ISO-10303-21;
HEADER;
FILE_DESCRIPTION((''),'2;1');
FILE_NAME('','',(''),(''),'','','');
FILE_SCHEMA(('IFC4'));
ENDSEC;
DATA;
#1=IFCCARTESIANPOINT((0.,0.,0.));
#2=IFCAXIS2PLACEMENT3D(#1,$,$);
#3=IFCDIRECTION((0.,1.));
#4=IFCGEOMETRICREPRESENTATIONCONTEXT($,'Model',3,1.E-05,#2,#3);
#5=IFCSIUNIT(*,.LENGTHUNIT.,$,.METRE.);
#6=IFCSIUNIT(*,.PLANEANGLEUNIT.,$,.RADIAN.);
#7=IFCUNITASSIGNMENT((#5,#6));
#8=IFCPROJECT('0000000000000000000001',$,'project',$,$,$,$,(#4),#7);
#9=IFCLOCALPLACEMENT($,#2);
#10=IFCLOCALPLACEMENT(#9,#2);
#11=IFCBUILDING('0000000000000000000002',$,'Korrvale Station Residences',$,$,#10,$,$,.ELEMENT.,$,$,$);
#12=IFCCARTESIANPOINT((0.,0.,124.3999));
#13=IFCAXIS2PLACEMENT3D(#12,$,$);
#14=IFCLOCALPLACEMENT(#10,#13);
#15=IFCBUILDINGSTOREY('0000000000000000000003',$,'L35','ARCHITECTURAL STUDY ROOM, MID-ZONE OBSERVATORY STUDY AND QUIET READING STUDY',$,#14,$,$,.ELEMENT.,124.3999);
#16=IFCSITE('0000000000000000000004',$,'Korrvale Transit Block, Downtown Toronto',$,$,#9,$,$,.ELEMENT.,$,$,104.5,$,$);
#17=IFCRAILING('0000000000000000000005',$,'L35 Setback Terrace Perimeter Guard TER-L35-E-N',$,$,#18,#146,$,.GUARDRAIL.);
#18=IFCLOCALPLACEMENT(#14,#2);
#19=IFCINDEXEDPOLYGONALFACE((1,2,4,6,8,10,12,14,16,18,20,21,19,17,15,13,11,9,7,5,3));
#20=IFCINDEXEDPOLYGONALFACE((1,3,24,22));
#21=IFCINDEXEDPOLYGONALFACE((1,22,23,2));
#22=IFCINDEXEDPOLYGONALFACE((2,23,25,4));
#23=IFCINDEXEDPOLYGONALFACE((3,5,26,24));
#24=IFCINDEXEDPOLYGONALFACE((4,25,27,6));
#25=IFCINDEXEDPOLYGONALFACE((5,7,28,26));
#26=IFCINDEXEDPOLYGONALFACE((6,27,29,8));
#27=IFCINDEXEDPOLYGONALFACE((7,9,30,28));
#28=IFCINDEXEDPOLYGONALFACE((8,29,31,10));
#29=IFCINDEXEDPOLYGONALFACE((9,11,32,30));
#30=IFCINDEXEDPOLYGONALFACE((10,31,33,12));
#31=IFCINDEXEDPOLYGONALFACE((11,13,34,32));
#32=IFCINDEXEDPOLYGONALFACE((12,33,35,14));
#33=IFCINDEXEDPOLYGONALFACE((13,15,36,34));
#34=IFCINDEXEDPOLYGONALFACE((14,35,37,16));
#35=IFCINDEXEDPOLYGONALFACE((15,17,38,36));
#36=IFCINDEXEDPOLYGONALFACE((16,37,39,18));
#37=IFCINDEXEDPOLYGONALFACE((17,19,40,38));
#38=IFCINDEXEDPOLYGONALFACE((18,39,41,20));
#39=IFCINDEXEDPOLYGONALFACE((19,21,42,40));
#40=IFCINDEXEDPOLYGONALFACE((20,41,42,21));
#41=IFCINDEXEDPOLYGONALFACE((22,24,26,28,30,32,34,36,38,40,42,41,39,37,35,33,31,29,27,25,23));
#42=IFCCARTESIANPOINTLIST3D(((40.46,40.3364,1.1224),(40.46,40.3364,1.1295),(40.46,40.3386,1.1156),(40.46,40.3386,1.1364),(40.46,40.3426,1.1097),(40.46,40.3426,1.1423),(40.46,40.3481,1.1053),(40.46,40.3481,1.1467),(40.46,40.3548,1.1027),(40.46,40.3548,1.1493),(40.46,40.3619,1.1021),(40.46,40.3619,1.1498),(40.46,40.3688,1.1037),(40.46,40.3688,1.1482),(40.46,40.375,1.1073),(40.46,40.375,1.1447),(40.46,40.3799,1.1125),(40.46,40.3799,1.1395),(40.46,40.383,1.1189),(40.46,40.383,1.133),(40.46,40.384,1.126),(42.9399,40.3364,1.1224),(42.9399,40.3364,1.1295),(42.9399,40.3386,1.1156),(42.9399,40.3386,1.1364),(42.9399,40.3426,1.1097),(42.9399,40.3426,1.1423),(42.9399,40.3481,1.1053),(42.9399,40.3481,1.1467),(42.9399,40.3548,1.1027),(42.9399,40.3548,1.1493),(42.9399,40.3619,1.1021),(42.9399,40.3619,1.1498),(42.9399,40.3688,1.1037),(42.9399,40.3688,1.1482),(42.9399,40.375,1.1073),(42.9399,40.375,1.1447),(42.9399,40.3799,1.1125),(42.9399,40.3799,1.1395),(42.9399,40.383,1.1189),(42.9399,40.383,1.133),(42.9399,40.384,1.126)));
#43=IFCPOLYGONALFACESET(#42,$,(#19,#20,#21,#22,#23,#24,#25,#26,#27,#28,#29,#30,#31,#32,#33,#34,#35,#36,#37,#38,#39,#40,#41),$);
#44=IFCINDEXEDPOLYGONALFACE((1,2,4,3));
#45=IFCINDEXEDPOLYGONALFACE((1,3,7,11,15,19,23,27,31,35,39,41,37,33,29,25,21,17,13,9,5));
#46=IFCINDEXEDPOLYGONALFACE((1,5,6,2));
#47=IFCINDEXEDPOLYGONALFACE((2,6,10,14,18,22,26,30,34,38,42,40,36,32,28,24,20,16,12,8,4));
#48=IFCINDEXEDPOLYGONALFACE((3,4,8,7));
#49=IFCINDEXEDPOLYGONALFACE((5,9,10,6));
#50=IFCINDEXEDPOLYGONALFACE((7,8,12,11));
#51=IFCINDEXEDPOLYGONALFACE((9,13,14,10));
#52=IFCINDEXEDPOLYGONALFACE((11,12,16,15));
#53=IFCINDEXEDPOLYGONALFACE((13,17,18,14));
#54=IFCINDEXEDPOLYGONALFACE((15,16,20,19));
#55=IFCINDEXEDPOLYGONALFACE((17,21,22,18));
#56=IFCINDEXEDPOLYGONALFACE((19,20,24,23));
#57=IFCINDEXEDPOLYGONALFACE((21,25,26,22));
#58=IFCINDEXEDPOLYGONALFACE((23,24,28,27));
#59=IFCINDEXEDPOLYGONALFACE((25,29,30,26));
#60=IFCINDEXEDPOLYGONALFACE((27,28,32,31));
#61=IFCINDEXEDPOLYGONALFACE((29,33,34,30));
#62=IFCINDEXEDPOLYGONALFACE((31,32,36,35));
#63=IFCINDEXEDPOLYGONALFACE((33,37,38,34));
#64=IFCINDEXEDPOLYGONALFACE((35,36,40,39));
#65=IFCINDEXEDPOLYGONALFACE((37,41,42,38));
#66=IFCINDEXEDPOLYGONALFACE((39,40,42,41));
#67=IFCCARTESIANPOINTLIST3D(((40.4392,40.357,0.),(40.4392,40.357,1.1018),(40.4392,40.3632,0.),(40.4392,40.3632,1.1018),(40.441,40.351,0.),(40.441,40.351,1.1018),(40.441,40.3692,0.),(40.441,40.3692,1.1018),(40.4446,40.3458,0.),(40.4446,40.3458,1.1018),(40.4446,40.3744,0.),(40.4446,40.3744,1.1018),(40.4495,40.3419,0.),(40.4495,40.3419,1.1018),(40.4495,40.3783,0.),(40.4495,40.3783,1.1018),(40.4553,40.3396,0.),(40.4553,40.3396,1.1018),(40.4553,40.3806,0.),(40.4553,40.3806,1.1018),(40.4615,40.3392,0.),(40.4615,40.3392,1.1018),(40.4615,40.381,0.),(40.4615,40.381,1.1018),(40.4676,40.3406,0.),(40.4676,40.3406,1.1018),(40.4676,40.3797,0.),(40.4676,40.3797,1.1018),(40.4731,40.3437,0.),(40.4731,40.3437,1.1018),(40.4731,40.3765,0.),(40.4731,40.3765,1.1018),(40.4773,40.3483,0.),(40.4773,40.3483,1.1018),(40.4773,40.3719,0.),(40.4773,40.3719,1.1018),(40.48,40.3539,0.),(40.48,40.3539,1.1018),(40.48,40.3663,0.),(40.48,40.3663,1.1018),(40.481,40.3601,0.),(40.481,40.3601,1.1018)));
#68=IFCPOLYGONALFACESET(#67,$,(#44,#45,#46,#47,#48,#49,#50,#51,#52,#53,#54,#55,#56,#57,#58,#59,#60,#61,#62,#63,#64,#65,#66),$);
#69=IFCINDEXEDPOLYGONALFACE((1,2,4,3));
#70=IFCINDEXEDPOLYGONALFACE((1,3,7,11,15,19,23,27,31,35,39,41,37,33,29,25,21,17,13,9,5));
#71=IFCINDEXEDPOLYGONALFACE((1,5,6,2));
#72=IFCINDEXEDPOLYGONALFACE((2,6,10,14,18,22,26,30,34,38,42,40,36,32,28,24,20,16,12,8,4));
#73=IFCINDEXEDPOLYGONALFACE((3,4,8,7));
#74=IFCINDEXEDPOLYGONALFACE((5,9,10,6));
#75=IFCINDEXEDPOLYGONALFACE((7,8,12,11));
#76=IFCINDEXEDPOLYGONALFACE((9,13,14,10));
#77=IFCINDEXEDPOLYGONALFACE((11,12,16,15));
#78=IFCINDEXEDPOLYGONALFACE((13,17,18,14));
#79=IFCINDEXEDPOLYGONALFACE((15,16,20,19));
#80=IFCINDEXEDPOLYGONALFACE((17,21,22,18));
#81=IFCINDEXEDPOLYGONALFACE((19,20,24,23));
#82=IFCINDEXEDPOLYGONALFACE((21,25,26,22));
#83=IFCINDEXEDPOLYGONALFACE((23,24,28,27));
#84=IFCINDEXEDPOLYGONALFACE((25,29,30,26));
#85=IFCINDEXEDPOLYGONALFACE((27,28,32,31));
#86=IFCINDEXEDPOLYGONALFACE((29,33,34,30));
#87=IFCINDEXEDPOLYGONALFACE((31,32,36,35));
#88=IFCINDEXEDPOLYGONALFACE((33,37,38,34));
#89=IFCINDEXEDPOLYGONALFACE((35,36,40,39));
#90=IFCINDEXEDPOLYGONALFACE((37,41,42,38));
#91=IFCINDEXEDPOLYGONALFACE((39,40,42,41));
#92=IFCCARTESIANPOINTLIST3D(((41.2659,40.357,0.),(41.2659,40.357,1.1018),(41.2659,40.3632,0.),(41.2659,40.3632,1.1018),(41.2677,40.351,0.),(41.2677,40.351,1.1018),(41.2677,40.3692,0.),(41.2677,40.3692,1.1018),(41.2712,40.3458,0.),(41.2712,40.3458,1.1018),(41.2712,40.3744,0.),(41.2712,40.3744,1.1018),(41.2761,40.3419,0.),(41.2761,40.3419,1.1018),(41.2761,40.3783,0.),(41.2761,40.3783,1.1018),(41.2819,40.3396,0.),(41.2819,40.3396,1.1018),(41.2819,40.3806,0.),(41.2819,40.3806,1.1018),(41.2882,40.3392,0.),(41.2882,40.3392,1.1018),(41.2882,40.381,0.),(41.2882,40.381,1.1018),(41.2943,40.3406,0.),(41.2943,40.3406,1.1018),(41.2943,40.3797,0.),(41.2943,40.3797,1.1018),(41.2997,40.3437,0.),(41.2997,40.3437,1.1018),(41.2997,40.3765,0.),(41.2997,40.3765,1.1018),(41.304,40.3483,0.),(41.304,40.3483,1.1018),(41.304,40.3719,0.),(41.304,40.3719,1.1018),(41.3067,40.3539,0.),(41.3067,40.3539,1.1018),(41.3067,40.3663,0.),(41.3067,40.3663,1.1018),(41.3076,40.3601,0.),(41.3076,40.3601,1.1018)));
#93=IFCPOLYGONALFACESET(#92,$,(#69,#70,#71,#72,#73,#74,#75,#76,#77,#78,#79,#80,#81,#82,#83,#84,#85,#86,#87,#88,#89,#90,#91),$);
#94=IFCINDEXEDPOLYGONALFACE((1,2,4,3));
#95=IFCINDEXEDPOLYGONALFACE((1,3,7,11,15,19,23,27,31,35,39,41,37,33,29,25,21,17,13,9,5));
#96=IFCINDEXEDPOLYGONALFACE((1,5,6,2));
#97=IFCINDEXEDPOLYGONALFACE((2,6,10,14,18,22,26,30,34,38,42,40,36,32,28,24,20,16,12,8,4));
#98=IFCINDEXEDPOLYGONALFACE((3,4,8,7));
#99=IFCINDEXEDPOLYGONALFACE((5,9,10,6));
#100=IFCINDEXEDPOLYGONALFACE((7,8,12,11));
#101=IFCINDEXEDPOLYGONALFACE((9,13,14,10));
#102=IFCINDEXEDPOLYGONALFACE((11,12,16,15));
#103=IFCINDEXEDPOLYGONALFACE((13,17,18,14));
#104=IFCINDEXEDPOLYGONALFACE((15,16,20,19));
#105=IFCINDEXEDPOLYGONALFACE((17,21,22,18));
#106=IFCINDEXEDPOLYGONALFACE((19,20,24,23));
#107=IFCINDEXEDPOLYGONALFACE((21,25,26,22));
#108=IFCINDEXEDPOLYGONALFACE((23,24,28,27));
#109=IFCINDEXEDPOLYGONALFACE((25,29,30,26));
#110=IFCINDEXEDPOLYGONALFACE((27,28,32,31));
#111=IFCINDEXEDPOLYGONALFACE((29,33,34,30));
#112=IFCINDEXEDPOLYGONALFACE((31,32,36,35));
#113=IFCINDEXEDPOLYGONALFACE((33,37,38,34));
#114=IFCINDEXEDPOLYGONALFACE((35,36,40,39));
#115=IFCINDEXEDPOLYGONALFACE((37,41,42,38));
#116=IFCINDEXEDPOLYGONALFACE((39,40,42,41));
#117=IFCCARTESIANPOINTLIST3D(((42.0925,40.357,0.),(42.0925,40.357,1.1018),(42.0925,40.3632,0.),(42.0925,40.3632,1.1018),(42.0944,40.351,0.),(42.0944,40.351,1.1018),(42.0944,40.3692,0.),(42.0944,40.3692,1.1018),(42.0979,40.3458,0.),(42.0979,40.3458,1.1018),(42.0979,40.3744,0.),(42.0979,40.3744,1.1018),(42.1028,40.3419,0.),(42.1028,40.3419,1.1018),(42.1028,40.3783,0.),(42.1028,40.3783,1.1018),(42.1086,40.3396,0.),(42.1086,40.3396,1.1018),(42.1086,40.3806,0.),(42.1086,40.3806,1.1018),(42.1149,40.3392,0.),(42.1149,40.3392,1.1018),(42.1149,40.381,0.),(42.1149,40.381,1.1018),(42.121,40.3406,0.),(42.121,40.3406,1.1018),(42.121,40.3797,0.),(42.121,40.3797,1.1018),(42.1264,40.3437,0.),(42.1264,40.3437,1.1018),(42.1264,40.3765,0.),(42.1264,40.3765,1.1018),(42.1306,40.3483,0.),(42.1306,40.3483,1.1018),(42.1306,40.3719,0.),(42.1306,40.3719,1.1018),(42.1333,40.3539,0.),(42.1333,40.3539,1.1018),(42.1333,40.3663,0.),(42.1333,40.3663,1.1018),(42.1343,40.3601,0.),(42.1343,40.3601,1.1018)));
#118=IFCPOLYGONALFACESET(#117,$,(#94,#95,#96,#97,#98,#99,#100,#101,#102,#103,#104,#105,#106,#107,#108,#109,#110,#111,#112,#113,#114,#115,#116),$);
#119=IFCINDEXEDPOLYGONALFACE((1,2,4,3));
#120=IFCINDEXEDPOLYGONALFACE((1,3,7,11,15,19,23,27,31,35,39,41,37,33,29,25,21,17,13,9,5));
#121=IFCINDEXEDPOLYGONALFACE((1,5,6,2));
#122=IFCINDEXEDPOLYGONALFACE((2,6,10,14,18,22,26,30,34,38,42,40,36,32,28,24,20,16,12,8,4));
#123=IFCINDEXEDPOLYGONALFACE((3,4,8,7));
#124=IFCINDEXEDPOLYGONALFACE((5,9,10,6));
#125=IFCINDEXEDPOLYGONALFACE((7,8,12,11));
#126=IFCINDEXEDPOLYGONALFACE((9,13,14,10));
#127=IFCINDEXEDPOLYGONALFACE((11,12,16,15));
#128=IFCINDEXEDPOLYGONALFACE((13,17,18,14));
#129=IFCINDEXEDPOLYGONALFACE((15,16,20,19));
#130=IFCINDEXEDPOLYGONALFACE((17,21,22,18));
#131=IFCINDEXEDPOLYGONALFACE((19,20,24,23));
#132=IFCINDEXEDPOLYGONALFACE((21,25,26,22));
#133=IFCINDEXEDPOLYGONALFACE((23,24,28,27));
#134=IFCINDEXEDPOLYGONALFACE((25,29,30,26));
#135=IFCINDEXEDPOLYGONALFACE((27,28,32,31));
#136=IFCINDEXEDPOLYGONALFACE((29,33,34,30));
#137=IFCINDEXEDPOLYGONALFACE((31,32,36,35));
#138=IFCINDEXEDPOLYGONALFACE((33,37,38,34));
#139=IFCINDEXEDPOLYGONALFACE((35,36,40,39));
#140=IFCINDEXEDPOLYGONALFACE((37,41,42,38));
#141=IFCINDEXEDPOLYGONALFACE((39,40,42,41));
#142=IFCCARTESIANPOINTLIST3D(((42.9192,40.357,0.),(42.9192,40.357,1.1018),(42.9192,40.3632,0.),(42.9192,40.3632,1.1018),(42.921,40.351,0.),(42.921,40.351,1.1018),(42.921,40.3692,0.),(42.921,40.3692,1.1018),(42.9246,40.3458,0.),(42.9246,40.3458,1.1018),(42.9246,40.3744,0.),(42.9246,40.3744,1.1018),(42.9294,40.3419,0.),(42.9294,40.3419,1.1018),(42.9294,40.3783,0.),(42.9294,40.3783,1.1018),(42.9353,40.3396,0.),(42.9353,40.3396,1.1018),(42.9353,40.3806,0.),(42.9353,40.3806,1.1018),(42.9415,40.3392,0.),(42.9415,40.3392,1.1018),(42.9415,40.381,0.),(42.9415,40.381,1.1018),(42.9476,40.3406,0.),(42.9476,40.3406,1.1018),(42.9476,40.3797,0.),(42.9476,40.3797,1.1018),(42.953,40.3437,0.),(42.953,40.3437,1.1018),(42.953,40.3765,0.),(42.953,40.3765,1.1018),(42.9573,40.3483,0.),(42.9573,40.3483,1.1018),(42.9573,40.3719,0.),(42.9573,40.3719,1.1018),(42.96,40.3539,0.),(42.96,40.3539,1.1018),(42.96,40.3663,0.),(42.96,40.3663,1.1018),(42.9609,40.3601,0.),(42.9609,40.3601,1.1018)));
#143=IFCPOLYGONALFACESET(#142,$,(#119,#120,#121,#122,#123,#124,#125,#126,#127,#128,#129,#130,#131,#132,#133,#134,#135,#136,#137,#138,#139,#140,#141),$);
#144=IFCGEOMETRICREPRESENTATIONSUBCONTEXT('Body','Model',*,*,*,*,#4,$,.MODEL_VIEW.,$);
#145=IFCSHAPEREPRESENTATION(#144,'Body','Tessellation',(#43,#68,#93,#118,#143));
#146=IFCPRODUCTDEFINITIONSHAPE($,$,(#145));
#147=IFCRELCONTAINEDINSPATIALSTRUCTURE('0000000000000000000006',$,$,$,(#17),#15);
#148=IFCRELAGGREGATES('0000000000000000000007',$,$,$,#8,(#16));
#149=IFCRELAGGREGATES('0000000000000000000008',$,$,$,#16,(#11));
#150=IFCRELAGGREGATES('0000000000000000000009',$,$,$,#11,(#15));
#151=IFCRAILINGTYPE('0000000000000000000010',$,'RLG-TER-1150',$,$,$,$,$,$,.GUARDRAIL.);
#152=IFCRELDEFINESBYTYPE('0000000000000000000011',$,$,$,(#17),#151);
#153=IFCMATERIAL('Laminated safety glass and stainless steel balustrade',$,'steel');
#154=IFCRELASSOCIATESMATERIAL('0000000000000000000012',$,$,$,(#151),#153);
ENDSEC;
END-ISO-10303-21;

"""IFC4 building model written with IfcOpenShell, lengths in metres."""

from ifc_helpers import new_model, si_unit, direction, frame, origin, origin_2d, place, context, subcontext, project, spatial, circle, extrude, material, type_object, element, save


model = new_model("IFC4")

# Units and contexts
model_context = context("Model", 3, precision=1e-05, world=origin(), true_north=direction((0.0, 1.0)))
body_context = subcontext(model_context, "Body", "Model", "MODEL_VIEW")
ifc_project = project(units=[si_unit("LENGTHUNIT", "METRE"), si_unit("PLANEANGLEUNIT", "RADIAN")], contexts=[model_context])

# Site, building, storey
site_placement = place(None, origin())
site = spatial("IfcSite", under=ifc_project, at=site_placement, Name="Korrvale Transit Block, Downtown Toronto", CompositionType="ELEMENT", RefElevation=104.5)
building_placement = place(site_placement, origin())
building = spatial("IfcBuilding", under=site, at=building_placement, Name="Korrvale Station Residences", CompositionType="ELEMENT")
storey_placement = place(building_placement, frame((0.0, 0.0, 124.3999)))
storey = spatial("IfcBuildingStorey", under=building, at=storey_placement, Name="L35", Description="ARCHITECTURAL STUDY ROOM, MID-ZONE OBSERVATORY STUDY AND QUIET READING STUDY", CompositionType="ELEMENT", Elevation=124.3999)

# Railing
ifc_material_1 = material(Name="Laminated safety glass and stainless steel balustrade", Category="steel")
railing_type = type_object("IfcRailingType", Name="RLG-TER-1150", PredefinedType="GUARDRAIL", material=ifc_material_1)
railing_placement = place(storey_placement, frame((40.46, 40.3601, 0.0)))
element("IfcRailing", 1, at=railing_placement, inside=storey, type_object=railing_type, Name="L35 Setback Terrace Perimeter Guard TER-L35-E-N", PredefinedType="GUARDRAIL", context=body_context, shape_type="SweptSolid", body=[
    extrude(circle(Radius=0.0239, at=origin_2d()), frame((0.0, 0.0, 1.126), z_axis=(1.0, 0.0, 0.0), x_axis=(0.0, 1.0, 0.0)), (0.0, 0.0, 1.0), 2.48),
    extrude(circle(Radius=0.021, at=origin_2d()), origin(), (0.0, 0.0, 1.0), 1.1018),
    extrude(circle(Radius=0.021, at=origin_2d()), frame((0.8267, 0.0, 0.0)), (0.0, 0.0, 1.0), 1.1018),
    extrude(circle(Radius=0.021, at=origin_2d()), frame((1.6533, 0.0, 0.0)), (0.0, 0.0, 1.0), 1.1018),
    extrude(circle(Radius=0.021, at=origin_2d()), frame((2.48, 0.0, 0.0)), (0.0, 0.0, 1.0), 1.1018),
])

save(model, "model.ifc")
